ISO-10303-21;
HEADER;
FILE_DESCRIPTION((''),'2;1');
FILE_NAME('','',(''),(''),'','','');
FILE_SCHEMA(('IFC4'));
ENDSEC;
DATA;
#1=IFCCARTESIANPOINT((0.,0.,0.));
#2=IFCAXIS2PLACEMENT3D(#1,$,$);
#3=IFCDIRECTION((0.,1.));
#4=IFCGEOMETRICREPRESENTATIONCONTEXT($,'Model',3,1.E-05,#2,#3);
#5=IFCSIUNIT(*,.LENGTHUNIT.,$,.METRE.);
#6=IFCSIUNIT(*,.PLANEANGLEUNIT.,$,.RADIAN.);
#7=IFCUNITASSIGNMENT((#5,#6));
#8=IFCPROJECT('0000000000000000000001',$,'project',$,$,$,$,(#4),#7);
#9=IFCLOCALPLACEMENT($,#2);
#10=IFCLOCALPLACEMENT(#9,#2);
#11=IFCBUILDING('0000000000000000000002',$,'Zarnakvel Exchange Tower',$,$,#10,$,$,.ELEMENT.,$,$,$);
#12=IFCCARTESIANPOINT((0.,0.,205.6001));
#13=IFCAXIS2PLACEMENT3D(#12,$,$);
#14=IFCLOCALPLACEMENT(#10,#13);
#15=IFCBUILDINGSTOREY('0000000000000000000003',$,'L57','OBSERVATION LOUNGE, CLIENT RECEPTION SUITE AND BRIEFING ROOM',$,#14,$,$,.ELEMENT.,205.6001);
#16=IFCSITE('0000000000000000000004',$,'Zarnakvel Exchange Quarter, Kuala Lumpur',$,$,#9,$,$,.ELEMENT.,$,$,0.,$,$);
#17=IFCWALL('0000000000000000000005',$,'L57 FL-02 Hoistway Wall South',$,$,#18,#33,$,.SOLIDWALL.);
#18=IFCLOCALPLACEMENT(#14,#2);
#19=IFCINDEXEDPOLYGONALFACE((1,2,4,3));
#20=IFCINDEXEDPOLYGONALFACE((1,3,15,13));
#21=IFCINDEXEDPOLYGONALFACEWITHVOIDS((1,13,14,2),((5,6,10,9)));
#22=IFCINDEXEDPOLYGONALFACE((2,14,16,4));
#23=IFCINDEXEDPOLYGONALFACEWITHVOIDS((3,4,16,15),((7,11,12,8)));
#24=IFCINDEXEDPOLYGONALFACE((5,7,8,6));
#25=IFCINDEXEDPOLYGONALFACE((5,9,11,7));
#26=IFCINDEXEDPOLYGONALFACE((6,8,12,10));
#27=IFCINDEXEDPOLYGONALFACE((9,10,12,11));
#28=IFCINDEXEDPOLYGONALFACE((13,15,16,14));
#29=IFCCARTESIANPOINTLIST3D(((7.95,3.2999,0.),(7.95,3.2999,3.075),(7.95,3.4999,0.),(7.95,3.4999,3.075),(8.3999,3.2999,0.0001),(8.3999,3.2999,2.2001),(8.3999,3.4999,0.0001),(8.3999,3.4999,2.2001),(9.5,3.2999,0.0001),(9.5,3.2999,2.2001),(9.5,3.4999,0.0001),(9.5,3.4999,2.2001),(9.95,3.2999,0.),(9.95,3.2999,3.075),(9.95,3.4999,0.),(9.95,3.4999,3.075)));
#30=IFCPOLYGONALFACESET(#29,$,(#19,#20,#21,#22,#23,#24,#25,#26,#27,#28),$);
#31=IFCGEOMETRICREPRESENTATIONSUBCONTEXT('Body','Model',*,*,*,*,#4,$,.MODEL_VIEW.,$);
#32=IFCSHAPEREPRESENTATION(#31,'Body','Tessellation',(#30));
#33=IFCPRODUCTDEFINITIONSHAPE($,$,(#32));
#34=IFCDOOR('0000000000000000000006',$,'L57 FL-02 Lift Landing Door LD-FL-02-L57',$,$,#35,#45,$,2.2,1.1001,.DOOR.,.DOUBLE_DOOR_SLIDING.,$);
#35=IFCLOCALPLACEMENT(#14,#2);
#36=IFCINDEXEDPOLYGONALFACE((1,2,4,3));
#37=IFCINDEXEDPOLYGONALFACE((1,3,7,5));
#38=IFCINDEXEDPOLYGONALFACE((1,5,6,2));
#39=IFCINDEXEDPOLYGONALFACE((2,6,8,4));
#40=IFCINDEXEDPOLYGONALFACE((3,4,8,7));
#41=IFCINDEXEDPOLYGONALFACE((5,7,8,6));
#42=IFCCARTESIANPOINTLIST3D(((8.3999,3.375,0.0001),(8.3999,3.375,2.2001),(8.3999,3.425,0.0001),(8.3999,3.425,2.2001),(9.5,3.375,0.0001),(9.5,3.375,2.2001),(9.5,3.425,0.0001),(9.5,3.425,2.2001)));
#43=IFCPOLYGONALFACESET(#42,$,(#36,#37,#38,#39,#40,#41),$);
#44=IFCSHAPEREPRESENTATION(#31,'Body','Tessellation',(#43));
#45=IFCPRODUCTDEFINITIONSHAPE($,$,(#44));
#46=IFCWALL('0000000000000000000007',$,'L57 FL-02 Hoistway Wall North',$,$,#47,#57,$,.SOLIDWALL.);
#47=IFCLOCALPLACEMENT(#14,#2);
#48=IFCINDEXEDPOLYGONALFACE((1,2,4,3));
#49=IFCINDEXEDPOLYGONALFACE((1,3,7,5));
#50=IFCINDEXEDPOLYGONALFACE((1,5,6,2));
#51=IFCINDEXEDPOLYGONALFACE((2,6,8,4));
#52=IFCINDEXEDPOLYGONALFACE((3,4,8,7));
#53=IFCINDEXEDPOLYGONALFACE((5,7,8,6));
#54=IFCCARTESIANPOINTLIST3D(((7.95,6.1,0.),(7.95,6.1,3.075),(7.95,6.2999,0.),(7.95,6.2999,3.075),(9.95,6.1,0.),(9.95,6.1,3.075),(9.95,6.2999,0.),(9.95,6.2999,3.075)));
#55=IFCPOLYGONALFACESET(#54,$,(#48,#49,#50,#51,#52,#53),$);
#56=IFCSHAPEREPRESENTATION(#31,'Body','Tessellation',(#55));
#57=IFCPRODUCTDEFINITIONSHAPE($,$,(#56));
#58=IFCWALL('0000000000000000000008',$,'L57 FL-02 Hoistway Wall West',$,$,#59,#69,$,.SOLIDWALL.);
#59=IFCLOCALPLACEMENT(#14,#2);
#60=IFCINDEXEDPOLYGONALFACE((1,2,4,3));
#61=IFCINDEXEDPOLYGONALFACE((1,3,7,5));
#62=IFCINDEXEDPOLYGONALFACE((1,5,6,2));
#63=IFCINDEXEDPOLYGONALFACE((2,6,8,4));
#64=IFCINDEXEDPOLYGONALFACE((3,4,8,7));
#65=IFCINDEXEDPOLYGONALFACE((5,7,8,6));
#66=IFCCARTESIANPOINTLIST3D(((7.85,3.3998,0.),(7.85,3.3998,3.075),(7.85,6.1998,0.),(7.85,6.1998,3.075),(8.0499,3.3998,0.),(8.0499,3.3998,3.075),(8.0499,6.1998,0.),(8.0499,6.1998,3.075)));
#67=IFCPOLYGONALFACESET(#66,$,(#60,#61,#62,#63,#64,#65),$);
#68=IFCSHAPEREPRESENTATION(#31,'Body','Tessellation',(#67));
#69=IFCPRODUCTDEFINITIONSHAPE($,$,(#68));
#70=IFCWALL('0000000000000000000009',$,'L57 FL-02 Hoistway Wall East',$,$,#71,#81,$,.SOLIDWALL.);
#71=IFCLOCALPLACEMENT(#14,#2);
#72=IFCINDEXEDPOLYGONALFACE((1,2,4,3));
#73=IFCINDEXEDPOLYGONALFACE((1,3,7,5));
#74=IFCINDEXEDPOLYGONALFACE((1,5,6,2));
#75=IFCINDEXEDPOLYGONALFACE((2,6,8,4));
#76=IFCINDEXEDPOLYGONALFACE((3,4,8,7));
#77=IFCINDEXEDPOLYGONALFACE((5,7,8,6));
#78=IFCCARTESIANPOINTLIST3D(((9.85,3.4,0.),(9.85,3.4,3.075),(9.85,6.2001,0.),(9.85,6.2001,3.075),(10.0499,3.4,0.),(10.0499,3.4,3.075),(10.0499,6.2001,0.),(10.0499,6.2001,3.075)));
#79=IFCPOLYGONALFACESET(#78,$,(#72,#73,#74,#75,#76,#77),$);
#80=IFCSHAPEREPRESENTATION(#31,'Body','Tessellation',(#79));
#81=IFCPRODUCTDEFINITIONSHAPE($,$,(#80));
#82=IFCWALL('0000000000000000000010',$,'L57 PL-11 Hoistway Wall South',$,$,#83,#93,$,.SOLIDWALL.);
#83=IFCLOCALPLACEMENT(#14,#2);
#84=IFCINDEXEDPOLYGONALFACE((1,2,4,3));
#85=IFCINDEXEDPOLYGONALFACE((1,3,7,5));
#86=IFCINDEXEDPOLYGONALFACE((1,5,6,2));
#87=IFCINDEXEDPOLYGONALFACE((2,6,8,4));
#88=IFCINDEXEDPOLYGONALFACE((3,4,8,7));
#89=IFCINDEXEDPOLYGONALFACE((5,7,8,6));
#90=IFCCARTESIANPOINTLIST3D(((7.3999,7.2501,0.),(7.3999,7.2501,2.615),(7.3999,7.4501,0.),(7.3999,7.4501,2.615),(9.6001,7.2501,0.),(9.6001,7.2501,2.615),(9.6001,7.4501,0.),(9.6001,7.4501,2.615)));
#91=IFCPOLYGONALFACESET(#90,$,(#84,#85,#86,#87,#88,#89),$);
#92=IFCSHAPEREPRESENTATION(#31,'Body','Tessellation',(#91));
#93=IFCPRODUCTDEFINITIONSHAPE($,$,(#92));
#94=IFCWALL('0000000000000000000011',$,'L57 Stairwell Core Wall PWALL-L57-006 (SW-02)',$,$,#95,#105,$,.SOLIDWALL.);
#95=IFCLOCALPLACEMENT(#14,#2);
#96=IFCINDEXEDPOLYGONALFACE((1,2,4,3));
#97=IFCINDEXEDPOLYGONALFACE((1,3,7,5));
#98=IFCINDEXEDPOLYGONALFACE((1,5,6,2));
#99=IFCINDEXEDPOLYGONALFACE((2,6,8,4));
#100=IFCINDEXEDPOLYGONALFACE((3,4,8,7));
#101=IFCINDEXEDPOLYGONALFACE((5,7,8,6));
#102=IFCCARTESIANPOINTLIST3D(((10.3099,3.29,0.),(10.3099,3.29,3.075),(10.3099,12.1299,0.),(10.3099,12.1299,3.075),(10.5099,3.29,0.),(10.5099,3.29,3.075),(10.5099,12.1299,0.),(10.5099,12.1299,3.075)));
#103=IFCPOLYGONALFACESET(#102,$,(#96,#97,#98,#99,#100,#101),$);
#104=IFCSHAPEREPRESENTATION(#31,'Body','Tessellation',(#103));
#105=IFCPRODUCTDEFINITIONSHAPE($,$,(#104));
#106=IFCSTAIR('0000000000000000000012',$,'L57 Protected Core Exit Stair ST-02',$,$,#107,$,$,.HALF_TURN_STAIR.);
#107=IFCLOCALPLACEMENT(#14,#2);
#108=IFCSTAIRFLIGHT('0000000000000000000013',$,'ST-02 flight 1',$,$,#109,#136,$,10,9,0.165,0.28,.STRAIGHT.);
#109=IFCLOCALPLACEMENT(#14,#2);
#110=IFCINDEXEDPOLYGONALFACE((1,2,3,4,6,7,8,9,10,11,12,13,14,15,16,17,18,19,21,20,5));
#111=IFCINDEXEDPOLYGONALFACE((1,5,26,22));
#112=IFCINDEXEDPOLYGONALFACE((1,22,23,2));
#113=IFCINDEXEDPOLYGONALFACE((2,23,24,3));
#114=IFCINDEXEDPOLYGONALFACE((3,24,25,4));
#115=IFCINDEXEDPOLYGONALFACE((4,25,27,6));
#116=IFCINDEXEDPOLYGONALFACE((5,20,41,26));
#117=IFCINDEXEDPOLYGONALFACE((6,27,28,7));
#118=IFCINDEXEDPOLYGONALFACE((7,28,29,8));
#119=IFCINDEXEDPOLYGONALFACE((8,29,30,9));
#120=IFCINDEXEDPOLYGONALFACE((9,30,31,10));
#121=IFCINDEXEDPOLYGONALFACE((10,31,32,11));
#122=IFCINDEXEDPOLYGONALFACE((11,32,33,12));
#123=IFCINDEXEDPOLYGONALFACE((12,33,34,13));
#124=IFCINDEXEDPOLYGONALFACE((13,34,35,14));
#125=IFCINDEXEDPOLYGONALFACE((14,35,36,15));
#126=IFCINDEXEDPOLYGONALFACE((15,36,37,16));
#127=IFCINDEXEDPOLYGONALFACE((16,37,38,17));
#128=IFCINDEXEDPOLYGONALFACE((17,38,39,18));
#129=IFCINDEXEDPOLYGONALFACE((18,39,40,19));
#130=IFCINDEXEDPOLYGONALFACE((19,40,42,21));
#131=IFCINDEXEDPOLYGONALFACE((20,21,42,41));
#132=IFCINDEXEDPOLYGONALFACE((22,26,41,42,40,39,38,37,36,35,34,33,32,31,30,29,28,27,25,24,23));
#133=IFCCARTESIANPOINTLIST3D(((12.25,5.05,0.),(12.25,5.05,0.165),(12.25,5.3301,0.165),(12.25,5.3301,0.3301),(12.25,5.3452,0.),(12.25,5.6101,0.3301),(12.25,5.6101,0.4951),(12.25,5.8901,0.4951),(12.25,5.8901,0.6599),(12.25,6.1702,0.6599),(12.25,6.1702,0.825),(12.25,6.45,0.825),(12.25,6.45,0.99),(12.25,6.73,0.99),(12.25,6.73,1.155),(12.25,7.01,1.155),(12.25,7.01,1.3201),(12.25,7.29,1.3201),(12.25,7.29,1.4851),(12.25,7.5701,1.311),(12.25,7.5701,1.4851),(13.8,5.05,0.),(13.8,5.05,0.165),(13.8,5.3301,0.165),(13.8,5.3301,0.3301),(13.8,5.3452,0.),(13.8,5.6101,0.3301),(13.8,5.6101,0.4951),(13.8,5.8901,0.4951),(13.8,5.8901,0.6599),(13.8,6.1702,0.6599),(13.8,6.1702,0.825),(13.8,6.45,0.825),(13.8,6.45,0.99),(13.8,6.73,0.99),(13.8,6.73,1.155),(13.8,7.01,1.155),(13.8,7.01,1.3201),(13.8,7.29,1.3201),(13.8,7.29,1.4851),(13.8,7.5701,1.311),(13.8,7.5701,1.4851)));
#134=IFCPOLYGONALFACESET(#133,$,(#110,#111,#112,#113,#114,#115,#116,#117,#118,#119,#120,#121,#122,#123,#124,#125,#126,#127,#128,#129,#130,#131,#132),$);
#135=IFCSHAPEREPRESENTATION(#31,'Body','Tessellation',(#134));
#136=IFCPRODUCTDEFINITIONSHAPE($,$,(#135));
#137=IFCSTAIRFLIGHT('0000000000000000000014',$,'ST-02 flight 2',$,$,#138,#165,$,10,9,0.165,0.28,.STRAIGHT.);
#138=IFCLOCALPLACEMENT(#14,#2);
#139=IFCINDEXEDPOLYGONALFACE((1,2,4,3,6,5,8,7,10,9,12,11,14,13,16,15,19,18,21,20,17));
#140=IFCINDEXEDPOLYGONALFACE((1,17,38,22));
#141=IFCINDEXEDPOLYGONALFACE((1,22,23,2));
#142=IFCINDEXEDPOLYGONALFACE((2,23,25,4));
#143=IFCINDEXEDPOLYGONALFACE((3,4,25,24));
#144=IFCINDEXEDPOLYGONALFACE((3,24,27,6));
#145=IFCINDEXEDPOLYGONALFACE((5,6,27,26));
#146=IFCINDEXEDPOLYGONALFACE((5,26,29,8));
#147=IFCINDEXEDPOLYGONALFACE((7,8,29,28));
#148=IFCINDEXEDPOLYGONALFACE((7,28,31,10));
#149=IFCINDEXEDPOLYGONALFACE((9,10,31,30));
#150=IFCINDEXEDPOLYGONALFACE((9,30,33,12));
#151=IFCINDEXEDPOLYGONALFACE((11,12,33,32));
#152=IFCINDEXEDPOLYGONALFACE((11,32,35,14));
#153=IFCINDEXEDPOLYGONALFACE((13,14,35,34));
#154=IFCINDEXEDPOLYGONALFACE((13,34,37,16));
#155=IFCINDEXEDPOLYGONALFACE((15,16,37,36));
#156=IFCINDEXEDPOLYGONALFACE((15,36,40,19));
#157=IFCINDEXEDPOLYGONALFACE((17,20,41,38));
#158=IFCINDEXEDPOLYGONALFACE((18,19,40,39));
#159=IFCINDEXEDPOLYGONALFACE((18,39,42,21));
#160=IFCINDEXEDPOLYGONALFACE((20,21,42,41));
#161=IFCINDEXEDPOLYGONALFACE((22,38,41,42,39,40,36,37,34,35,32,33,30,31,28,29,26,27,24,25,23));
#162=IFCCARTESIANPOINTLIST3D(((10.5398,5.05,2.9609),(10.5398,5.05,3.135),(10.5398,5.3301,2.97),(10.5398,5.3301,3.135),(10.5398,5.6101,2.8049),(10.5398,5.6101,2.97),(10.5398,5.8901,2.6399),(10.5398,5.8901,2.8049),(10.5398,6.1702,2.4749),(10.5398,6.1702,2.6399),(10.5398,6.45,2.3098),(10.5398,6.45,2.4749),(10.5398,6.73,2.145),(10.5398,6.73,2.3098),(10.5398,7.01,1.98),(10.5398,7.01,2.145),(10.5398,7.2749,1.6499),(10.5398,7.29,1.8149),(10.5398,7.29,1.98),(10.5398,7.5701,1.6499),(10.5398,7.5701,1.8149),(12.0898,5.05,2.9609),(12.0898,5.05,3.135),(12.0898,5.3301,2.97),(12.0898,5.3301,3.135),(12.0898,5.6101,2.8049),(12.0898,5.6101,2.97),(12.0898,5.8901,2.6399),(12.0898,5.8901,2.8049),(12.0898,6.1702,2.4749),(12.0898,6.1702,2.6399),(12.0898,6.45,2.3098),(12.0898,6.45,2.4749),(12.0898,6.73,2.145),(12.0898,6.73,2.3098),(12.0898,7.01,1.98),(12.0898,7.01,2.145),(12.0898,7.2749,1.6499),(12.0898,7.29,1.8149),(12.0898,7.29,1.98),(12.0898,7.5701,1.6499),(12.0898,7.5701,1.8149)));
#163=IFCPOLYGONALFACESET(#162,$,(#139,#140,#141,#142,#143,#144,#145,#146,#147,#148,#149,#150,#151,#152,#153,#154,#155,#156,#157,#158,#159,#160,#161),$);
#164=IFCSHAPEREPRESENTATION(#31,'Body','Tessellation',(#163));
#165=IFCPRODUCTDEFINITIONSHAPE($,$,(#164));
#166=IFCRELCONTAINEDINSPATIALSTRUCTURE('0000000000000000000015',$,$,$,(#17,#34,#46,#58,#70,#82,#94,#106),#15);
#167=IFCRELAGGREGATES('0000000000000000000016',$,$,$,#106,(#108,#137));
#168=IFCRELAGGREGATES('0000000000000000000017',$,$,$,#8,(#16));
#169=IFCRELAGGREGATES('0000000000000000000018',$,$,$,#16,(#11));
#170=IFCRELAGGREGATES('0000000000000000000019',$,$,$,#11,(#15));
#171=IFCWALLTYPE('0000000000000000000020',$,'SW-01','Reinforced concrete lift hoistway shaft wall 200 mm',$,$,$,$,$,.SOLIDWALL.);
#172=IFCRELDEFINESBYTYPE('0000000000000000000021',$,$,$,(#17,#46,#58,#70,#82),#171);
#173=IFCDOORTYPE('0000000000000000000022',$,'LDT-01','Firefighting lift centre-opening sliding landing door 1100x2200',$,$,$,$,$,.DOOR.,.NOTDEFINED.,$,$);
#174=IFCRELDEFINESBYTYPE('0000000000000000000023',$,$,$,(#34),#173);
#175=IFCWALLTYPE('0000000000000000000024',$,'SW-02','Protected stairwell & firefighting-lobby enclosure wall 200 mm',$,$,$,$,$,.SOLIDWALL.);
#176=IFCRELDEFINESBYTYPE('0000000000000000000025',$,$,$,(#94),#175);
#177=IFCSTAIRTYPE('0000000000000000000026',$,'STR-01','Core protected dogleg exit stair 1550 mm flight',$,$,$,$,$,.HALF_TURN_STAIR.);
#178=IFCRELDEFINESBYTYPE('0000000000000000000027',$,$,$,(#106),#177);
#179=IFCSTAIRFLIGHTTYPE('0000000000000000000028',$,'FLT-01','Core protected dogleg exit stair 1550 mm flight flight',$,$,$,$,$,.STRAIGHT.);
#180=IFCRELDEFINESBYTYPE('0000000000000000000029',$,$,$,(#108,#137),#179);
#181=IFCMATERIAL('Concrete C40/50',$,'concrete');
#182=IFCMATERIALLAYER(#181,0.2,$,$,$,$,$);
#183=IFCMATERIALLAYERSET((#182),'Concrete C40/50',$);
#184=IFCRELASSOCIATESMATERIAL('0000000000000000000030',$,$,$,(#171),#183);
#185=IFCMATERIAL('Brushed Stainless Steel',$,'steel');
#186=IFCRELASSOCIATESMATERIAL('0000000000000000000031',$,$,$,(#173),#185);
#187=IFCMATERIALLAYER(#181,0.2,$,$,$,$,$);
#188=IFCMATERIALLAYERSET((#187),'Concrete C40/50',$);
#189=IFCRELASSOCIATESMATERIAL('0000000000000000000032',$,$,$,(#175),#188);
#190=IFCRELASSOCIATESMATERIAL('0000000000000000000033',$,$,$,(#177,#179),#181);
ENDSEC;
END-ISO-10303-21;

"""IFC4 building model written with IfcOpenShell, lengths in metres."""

from ifc_helpers import new_model, si_unit, direction, frame, frame_2d, origin, place, context, subcontext, project, spatial, polyline, rectangle, outline, extrude, source, transform, mapped, material, layer, layer_set, type_object, element, fill, aggregate, save


model = new_model("IFC4")

# Units and contexts
model_context = context("Model", 3, precision=1e-05, world=origin(), true_north=direction((0.0, 1.0)))
body_context = subcontext(model_context, "Body", "Model", "MODEL_VIEW")
ifc_project = project(units=[si_unit("LENGTHUNIT", "METRE"), si_unit("PLANEANGLEUNIT", "RADIAN")], contexts=[model_context])

# Site, building, storey
site_placement = place(None, origin())
site = spatial("IfcSite", under=ifc_project, at=site_placement, Name="Zarnakvel Exchange Quarter, Kuala Lumpur", CompositionType="ELEMENT", RefElevation=0.0)
building_placement = place(site_placement, origin())
building = spatial("IfcBuilding", under=site, at=building_placement, Name="Zarnakvel Exchange Tower", CompositionType="ELEMENT")
storey_placement = place(building_placement, frame((0.0, 0.0, 205.6001)))
storey = spatial("IfcBuildingStorey", under=building, at=storey_placement, Name="L57", Description="OBSERVATION LOUNGE, CLIENT RECEPTION SUITE AND BRIEFING ROOM", CompositionType="ELEMENT", Elevation=205.6001)

# Wall, opening, door
ifc_material_1 = material(Name="Concrete C40/50", Category="concrete")
ifc_layer_1 = layer(ifc_material_1, 0.2)
ifc_layer_set_1 = layer_set([ifc_layer_1], Name="Concrete C40/50")
wall_type_1 = type_object("IfcWallType", Name="SW-01", Description="Reinforced concrete lift hoistway shaft wall 200 mm", PredefinedType="SOLIDWALL", material=ifc_layer_set_1)
wall_1_placement = place(storey_placement, frame((9.95, 3.3999, 0.0), z_axis=(0.0, 0.0, 1.0), x_axis=(-1.0, 0.0, 0.0)))
wall_1 = element("IfcWall", 1, at=wall_1_placement, inside=storey, type_object=wall_type_1, Name="L57 FL-02 Hoistway Wall South", PredefinedType="SOLIDWALL", context=body_context, shape_type="SweptSolid", body=[
    extrude(rectangle(XDim=2.0, YDim=0.2, at=frame_2d((1.0, 0.0))), origin(), (0.0, 0.0, 1.0), 3.075),
])
opening_1_placement = place(wall_1_placement, frame((0.45, 0.0, 0.0)))
opening_1 = element("IfcOpeningElement", 2, at=opening_1_placement, cuts=wall_1, PredefinedType="OPENING", context=body_context, shape_type="SweptSolid", body=[
    extrude(rectangle(XDim=1.1001, YDim=2.2, at=frame_2d((0.55, 1.1001))), frame((0.0, 0.1099, 0.0), z_axis=(0.0, -1.0, 0.0), x_axis=(1.0, 0.0, 0.0)), (0.0, 0.0, 1.0), 0.22),
])
ifc_material_2 = material(Name="Brushed Stainless Steel", Category="steel")
door_type_1 = type_object("IfcDoorType", Name="LDT-01", Description="Firefighting lift centre-opening sliding landing door 1100x2200", OperationType="NOTDEFINED", PredefinedType="DOOR", material=ifc_material_2)
shared_shape_1 = source(origin(), body_context, "Body", "SweptSolid", [
    extrude(rectangle(XDim=1.1001, YDim=2.2, at=frame_2d((0.55, 1.1001))), frame((0.0, 0.0249, 0.0), z_axis=(0.0, -1.0, 0.0), x_axis=(1.0, 0.0, 0.0)), (0.0, 0.0, 1.0), 0.05),
])
door_1_placement = place(opening_1_placement, origin())
door_1 = element("IfcDoor", 3, at=door_1_placement, inside=storey, type_object=door_type_1, Name="L57 FL-02 Lift Landing Door LD-FL-02-L57", OperationType="DOUBLE_DOOR_SLIDING", OverallHeight=2.2, OverallWidth=1.1001, PredefinedType="DOOR", context=body_context, shape_type="MappedRepresentation", body=[
    mapped(shared_shape_1, transform((0.0, 0.0, 0.0), x_axis=(1.0, 0.0, 0.0), y_axis=(0.0, 1.0, 0.0), z_axis=(0.0, 0.0, 1.0), scale=1.0)),
])
fill(opening_1, door_1)

# Walls
wall_2_placement = place(storey_placement, frame((7.95, 6.2, 0.0), z_axis=(0.0, 0.0, 1.0), x_axis=(1.0, 0.0, 0.0)))
element("IfcWall", 4, at=wall_2_placement, inside=storey, type_object=wall_type_1, Name="L57 FL-02 Hoistway Wall North", PredefinedType="SOLIDWALL", context=body_context, shape_type="SweptSolid", body=[
    extrude(rectangle(XDim=2.0, YDim=0.2, at=frame_2d((1.0, 0.0))), origin(), (0.0, 0.0, 1.0), 3.075),
])
for number, where, z_axis, x_axis, name in (
    (5, (7.95, 3.3999, 0.0), (0.0, 0.0, 1.0), (0.0, 1.0, 0.0), "L57 FL-02 Hoistway Wall West"),
    (6, (9.95, 6.2, 0.0), (0.0, 0.0, 1.0), (0.0, -1.0, 0.0), "L57 FL-02 Hoistway Wall East"),
):
    element("IfcWall", number, at=place(storey_placement, frame(where, z_axis=z_axis, x_axis=x_axis)), inside=storey, type_object=wall_type_1, Name=name, PredefinedType="SOLIDWALL", context=body_context, shape_type="SweptSolid", body=[
        extrude(rectangle(XDim=2.8, YDim=0.2, at=frame_2d((1.3999, 0.0))), origin(), (0.0, 0.0, 1.0), 3.075),
    ])
wall_3_placement = place(storey_placement, frame((9.6001, 7.3501, 0.0), z_axis=(0.0, 0.0, 1.0), x_axis=(-1.0, 0.0, 0.0)))
element("IfcWall", 7, at=wall_3_placement, inside=storey, type_object=wall_type_1, Name="L57 PL-11 Hoistway Wall South", PredefinedType="SOLIDWALL", context=body_context, shape_type="SweptSolid", body=[
    extrude(rectangle(XDim=2.2002, YDim=0.2, at=frame_2d((1.1001, 0.0))), origin(), (0.0, 0.0, 1.0), 2.615),
])

# Shared definitions
ifc_layer_2 = layer(ifc_material_1, 0.2)
ifc_layer_set_2 = layer_set([ifc_layer_2], Name="Concrete C40/50")
wall_type_2 = type_object("IfcWallType", Name="SW-02", Description="Protected stairwell & firefighting-lobby enclosure wall 200 mm", PredefinedType="SOLIDWALL", material=ifc_layer_set_2)

# Wall
wall_4_placement = place(storey_placement, frame((10.4099, 3.29, 0.0), z_axis=(0.0, 0.0, 1.0), x_axis=(0.0, 1.0, 0.0)))
element("IfcWall", 8, at=wall_4_placement, inside=storey, type_object=wall_type_2, Name="L57 Stairwell Core Wall PWALL-L57-006 (SW-02)", PredefinedType="SOLIDWALL", context=body_context, shape_type="SweptSolid", body=[
    extrude(rectangle(XDim=8.8398, YDim=0.2, at=frame_2d((4.4199, 0.0))), origin(), (0.0, 0.0, 1.0), 3.075),
])

# Stair, stair flights
stair_type = type_object("IfcStairType", Name="STR-01", Description="Core protected dogleg exit stair 1550 mm flight", PredefinedType="HALF_TURN_STAIR", material=ifc_material_1)
stair_placement = place(storey_placement, origin())
stair = element("IfcStair", 9, at=stair_placement, inside=storey, type_object=stair_type, Name="L57 Protected Core Exit Stair ST-02", PredefinedType="HALF_TURN_STAIR")
stair_flight_type = type_object("IfcStairFlightType", Name="FLT-01", Description="Core protected dogleg exit stair 1550 mm flight flight", PredefinedType="STRAIGHT", material=ifc_material_1)
stair_flight_1_placement = place(storey_placement, frame((13.0249, 5.05, 0.0), z_axis=(0.0, 0.0, 1.0), x_axis=(0.0, 1.0, 0.0)))
stair_flight_1 = element("IfcStairFlight", 10, at=stair_flight_1_placement, type_object=stair_flight_type, Name="ST-02 flight 1", NumberOfRisers=10, NumberOfTreads=9, PredefinedType="STRAIGHT", RiserHeight=0.165, TreadLength=0.28, context=body_context, shape_type="SweptSolid", body=[
    extrude(outline(polyline([(0.0, 0.0), (0.0, 0.165), (0.28, 0.165), (0.28, 0.3301), (0.5601, 0.3301), (0.5601, 0.4951), (0.8401, 0.4951), (0.8401, 0.6599), (1.1201, 0.6599), (1.1201, 0.825), (1.3999, 0.825), (1.3999, 0.99), (1.6799, 0.99), (1.6799, 1.155), (1.96, 1.155), (1.96, 1.3201), (2.24, 1.3201), (2.24, 1.4851), (2.52, 1.4851), (2.52, 1.6499), (2.52, 1.311), (0.2952, 0.0), (0.0, 0.0)])), frame((0.0, 0.7749, 0.0), z_axis=(0.0, -1.0, 0.0), x_axis=(1.0, 0.0, 0.0)), (0.0, 0.0, 1.0), 1.55),
])
stair_flight_2_placement = place(storey_placement, frame((11.3149, 7.5701, 1.6499), z_axis=(0.0, 0.0, 1.0), x_axis=(0.0, -1.0, 0.0)))
stair_flight_2 = element("IfcStairFlight", 11, at=stair_flight_2_placement, type_object=stair_flight_type, Name="ST-02 flight 2", NumberOfRisers=10, NumberOfTreads=9, PredefinedType="STRAIGHT", RiserHeight=0.165, TreadLength=0.28, context=body_context, shape_type="SweptSolid", body=[
    extrude(outline(polyline([(0.0, 0.0), (0.0, 0.165), (0.28, 0.165), (0.28, 0.3301), (0.5601, 0.3301), (0.5601, 0.4951), (0.8401, 0.4951), (0.8401, 0.6599), (1.1201, 0.6599), (1.1201, 0.825), (1.3999, 0.825), (1.3999, 0.99), (1.6799, 0.99), (1.6799, 1.155), (1.96, 1.155), (1.96, 1.3201), (2.24, 1.3201), (2.24, 1.4851), (2.52, 1.4851), (2.52, 1.6499), (2.52, 1.311), (0.2952, 0.0), (0.0, 0.0)])), frame((0.0, 0.7749, 0.0), z_axis=(0.0, -1.0, 0.0), x_axis=(1.0, 0.0, 0.0)), (0.0, 0.0, 1.0), 1.55),
])
aggregate(stair, [stair_flight_1, stair_flight_2])

save(model, "model.ifc")
